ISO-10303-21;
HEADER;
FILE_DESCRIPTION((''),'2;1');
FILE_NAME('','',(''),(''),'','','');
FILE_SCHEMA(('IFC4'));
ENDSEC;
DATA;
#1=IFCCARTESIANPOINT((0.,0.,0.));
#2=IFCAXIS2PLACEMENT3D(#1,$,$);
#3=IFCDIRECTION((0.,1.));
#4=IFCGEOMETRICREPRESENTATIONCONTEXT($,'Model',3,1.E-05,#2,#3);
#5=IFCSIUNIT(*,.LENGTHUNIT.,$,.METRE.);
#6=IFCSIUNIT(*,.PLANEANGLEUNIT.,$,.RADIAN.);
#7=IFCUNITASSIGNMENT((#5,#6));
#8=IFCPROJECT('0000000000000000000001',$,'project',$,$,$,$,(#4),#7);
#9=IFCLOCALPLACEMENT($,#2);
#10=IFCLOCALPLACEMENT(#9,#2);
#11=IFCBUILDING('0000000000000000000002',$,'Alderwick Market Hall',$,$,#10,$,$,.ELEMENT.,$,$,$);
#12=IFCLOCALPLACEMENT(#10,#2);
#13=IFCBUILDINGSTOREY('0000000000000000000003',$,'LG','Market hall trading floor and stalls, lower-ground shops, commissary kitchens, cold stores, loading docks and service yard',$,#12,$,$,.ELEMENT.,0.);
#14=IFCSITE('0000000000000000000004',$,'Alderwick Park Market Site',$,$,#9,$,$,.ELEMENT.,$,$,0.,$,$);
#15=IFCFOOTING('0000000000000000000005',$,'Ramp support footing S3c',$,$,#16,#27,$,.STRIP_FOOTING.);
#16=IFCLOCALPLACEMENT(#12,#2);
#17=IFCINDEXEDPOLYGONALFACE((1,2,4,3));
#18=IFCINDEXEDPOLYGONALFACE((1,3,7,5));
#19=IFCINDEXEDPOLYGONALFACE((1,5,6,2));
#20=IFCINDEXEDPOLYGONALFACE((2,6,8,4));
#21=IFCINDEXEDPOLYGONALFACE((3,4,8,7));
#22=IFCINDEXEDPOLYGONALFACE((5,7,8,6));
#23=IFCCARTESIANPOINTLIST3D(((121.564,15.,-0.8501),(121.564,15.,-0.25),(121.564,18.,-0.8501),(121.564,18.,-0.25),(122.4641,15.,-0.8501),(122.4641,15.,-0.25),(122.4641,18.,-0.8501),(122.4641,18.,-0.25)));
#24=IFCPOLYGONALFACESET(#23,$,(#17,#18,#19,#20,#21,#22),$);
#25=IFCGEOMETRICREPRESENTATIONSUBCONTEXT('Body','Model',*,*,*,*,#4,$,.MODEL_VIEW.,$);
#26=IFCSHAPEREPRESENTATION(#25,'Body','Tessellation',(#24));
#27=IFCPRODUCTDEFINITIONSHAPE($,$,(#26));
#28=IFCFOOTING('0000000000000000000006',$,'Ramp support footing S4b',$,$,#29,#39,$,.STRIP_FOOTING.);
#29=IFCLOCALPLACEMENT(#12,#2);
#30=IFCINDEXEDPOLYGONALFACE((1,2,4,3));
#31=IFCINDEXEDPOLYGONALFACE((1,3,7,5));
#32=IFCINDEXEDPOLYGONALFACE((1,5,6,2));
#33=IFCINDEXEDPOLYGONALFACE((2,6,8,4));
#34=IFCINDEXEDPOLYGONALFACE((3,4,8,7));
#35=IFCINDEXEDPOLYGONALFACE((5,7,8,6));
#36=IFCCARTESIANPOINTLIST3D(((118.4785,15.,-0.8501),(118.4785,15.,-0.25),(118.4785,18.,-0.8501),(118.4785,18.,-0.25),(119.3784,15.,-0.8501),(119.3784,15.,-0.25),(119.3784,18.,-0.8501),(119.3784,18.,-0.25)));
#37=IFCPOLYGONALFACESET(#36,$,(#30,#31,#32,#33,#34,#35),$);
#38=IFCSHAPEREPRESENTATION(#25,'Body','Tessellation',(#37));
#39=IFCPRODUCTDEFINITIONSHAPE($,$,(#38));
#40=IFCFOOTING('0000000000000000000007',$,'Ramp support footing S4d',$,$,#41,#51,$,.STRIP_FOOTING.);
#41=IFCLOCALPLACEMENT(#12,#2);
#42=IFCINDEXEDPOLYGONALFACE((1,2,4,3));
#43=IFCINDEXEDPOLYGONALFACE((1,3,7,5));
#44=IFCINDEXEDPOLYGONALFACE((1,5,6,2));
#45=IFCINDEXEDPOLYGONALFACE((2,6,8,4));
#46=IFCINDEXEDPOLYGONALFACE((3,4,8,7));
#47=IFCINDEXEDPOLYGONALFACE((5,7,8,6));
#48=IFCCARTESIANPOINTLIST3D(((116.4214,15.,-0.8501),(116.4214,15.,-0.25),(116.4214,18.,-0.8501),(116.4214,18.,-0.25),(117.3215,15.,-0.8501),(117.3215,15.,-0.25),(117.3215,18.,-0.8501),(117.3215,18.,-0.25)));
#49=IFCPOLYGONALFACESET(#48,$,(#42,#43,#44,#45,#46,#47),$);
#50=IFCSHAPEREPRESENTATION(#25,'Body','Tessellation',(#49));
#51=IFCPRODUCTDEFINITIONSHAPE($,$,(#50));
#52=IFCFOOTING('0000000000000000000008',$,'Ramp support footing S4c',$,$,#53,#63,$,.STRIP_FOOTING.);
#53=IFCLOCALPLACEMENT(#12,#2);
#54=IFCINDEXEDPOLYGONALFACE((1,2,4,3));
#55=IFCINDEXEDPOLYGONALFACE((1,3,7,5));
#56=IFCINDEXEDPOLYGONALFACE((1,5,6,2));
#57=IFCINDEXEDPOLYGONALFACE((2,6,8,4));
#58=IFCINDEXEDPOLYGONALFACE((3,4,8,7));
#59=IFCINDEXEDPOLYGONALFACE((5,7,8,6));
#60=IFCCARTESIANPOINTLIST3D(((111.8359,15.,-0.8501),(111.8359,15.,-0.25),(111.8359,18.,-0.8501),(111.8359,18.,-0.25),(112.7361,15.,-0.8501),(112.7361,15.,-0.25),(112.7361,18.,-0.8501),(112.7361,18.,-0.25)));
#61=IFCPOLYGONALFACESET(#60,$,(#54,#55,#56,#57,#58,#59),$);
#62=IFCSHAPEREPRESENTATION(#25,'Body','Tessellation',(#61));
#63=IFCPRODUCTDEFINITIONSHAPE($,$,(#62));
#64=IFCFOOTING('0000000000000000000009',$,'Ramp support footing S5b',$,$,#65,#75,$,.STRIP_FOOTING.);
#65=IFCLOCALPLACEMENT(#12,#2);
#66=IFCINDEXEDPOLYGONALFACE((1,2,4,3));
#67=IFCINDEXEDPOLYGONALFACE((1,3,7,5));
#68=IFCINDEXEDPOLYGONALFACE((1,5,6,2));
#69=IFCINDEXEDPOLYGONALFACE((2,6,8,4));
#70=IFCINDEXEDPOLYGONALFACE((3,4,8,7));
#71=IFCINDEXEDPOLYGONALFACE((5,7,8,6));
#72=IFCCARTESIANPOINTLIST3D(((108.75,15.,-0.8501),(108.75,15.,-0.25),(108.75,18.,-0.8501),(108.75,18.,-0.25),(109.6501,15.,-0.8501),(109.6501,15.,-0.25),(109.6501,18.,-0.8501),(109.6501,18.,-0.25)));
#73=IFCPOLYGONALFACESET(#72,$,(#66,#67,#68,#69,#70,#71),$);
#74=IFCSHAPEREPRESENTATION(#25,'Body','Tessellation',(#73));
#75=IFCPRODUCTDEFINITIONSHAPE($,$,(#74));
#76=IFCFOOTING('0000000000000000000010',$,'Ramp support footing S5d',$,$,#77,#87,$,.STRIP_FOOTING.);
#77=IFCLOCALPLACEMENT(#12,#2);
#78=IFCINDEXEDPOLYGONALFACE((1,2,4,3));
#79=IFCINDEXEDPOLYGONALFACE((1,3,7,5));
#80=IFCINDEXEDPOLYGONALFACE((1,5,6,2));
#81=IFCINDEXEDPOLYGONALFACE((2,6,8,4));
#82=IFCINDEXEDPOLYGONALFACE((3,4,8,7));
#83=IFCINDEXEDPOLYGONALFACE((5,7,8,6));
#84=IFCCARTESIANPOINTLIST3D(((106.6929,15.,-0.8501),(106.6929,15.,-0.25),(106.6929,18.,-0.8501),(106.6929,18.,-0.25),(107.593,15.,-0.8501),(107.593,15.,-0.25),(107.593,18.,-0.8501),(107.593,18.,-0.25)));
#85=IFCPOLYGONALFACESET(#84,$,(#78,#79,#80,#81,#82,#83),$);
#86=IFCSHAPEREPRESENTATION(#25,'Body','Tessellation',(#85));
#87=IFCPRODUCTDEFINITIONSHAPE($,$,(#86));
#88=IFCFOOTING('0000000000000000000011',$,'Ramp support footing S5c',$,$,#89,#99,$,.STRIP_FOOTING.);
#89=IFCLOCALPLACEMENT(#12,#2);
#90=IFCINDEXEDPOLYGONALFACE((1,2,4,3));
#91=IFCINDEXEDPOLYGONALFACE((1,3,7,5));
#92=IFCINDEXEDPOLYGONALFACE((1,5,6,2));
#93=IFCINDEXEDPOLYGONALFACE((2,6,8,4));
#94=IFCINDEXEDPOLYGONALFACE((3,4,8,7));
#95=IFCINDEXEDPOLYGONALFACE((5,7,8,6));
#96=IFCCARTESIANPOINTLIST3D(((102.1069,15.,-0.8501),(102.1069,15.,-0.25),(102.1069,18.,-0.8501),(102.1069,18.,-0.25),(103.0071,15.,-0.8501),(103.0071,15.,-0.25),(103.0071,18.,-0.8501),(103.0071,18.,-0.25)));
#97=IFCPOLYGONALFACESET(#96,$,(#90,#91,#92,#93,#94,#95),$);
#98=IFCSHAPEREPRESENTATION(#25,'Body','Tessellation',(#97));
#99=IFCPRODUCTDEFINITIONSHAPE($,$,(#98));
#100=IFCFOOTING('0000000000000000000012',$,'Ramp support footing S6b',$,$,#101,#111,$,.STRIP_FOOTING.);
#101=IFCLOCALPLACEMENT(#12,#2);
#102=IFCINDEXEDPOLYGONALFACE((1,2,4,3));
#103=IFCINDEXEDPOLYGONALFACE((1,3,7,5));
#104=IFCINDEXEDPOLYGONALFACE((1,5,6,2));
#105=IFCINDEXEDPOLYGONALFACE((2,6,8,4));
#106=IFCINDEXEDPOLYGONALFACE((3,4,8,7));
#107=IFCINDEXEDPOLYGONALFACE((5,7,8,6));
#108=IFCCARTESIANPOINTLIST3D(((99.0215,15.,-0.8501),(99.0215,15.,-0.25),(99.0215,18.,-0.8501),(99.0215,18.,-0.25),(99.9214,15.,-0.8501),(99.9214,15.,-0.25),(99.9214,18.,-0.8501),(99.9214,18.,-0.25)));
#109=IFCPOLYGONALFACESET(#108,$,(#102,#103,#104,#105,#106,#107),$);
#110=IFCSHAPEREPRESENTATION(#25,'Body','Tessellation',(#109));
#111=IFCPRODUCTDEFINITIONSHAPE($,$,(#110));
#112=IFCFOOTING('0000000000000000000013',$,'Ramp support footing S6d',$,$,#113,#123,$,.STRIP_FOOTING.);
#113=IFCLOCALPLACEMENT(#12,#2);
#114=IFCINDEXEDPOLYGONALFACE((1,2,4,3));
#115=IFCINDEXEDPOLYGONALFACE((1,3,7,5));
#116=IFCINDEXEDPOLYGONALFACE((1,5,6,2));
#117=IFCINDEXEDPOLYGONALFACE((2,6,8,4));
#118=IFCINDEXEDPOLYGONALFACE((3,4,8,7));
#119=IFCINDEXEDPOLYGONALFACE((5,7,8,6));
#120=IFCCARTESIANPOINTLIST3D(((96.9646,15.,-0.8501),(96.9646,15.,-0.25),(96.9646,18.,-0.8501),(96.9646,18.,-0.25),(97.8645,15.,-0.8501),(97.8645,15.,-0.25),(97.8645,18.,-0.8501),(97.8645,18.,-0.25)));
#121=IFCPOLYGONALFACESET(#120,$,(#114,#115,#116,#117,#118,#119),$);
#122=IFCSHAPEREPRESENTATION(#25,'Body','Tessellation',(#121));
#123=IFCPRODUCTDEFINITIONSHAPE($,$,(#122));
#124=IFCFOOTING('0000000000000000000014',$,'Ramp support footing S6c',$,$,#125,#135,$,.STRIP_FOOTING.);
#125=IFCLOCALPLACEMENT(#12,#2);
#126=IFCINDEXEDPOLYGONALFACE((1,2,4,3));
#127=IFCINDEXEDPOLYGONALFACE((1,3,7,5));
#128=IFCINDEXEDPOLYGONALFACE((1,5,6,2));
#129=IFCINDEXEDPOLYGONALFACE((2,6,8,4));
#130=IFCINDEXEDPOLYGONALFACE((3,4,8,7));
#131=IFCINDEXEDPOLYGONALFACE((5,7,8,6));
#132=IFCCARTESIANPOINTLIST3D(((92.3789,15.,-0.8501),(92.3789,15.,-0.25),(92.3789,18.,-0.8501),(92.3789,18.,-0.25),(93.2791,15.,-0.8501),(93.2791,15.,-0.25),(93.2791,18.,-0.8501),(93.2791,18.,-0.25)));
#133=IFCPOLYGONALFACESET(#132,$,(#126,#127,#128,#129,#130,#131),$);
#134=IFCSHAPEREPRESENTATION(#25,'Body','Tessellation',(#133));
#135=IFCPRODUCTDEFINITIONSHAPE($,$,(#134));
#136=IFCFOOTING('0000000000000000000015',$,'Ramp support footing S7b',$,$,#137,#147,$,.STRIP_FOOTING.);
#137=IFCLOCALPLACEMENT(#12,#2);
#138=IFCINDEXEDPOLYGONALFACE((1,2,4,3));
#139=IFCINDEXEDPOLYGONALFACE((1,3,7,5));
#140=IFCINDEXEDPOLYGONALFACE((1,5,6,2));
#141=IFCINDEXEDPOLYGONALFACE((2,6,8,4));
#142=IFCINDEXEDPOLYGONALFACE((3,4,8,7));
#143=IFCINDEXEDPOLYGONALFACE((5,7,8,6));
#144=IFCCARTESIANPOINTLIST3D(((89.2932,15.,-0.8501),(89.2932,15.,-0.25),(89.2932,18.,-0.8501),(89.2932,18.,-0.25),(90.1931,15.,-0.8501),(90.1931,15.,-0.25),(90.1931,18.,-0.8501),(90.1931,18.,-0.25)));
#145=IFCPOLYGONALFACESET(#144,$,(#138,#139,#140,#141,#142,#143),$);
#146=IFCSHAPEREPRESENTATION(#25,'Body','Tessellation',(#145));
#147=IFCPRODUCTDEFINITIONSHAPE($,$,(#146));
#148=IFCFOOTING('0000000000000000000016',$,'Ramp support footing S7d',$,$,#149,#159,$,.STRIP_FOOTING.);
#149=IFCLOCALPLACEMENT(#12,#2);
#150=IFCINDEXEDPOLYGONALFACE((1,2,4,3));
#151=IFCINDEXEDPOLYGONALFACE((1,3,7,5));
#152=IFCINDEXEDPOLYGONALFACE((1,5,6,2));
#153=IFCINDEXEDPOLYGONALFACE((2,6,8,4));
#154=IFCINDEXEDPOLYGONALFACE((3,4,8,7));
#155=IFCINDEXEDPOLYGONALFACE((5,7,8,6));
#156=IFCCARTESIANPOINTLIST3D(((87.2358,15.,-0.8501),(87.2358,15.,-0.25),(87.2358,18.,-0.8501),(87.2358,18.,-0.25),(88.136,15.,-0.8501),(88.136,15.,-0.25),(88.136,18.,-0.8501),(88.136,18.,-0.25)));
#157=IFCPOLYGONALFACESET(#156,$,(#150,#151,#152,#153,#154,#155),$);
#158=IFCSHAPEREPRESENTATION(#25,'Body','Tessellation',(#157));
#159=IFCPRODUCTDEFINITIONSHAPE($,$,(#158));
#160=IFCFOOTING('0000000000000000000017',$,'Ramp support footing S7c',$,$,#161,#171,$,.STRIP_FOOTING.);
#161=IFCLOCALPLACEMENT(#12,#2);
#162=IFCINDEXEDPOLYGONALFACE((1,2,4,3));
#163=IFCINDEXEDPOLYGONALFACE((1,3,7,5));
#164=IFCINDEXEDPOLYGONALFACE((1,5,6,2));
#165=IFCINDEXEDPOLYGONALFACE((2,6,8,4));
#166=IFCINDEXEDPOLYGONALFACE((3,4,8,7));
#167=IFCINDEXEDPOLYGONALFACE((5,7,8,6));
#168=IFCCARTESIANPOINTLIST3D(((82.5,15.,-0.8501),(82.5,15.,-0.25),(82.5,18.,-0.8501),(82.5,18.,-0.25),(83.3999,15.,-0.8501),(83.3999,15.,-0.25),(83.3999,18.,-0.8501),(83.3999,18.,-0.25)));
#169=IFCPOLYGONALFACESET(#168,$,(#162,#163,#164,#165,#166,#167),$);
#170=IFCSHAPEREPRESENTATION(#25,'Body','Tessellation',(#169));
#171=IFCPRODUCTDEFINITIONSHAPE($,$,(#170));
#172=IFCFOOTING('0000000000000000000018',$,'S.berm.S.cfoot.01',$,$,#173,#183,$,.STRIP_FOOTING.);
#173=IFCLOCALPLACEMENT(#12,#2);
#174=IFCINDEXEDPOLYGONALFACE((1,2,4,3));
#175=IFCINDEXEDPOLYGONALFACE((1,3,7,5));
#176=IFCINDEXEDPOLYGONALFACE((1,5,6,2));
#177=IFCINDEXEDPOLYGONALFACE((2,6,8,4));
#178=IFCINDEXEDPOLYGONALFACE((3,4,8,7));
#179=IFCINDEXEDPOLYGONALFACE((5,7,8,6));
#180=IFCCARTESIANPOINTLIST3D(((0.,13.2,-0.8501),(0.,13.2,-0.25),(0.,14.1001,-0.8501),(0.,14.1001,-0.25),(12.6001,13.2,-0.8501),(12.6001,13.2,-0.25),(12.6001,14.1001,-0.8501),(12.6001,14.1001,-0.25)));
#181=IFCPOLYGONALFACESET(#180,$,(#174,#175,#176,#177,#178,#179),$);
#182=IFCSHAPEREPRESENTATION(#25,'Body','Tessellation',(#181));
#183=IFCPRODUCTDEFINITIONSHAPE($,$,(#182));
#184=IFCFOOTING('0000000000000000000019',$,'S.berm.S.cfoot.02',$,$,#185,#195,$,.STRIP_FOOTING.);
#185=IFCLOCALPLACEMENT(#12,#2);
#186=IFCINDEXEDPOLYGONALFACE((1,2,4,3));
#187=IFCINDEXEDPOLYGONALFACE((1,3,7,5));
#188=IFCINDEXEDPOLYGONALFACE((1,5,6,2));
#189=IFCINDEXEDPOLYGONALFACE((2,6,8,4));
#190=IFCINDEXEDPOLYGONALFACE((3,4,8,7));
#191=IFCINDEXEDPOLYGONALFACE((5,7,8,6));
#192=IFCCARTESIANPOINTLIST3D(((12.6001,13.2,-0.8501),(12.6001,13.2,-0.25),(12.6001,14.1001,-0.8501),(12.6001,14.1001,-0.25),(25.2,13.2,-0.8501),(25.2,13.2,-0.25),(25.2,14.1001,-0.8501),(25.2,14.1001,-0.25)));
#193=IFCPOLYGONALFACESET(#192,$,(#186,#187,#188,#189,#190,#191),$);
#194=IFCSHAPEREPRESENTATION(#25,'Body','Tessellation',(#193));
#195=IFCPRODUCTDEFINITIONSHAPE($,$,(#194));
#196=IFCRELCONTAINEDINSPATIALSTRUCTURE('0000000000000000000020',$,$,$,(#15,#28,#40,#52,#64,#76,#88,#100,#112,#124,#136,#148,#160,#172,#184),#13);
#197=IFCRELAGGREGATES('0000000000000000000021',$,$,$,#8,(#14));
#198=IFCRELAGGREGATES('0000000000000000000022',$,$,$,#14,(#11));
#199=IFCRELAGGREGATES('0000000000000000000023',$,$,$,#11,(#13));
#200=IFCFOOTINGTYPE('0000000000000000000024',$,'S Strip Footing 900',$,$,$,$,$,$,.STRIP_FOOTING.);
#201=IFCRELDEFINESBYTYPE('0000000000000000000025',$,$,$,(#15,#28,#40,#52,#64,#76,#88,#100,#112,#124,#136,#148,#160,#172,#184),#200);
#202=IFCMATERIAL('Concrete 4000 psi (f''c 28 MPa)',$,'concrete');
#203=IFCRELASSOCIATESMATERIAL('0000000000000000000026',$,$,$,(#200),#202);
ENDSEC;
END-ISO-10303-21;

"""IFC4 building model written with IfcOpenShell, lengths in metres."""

from ifc_helpers import new_model, si_unit, direction, frame, origin, place, context, subcontext, project, spatial, polyline, outline, extrude, material, type_object, element, save


model = new_model("IFC4")

# Units and contexts
model_context = context("Model", 3, precision=1e-05, world=origin(), true_north=direction((0.0, 1.0)))
body_context = subcontext(model_context, "Body", "Model", "MODEL_VIEW")
ifc_project = project(units=[si_unit("LENGTHUNIT", "METRE"), si_unit("PLANEANGLEUNIT", "RADIAN")], contexts=[model_context])

# Site, building, storey
site_placement = place(None, origin())
site = spatial("IfcSite", under=ifc_project, at=site_placement, Name="Alderwick Park Market Site", CompositionType="ELEMENT", RefElevation=0.0)
building_placement = place(site_placement, origin())
building = spatial("IfcBuilding", under=site, at=building_placement, Name="Alderwick Market Hall", CompositionType="ELEMENT")
storey_placement = place(building_placement, origin())
storey = spatial("IfcBuildingStorey", under=building, at=storey_placement, Name="LG", Description="Market hall trading floor and stalls, lower-ground shops, commissary kitchens, cold stores, loading docks and service yard", CompositionType="ELEMENT", Elevation=0.0)

# Footings
ifc_material = material(Name="Concrete 4000 psi (f'c 28 MPa)", Category="concrete")
footing_type = type_object("IfcFootingType", Name="S Strip Footing 900", PredefinedType="STRIP_FOOTING", material=ifc_material)
footing_1_placement = place(storey_placement, frame((0.0, 0.0, -0.8501)))
element("IfcFooting", 1, at=footing_1_placement, inside=storey, type_object=footing_type, Name="Ramp support footing S3c", PredefinedType="STRIP_FOOTING", context=body_context, shape_type="SweptSolid", body=[
    extrude(outline(polyline([(122.4641, 15.0), (122.4641, 18.0), (121.564, 18.0), (121.564, 15.0), (122.4641, 15.0)])), origin(), (0.0, 0.0, 1.0), 0.6001),
])
footing_2_placement = place(storey_placement, frame((0.0, 0.0, -0.8501)))
element("IfcFooting", 2, at=footing_2_placement, inside=storey, type_object=footing_type, Name="Ramp support footing S4b", PredefinedType="STRIP_FOOTING", context=body_context, shape_type="SweptSolid", body=[
    extrude(outline(polyline([(119.3784, 15.0), (119.3784, 18.0), (118.4785, 18.0), (118.4785, 15.0), (119.3784, 15.0)])), origin(), (0.0, 0.0, 1.0), 0.6001),
])
footing_3_placement = place(storey_placement, frame((0.0, 0.0, -0.8501)))
element("IfcFooting", 3, at=footing_3_placement, inside=storey, type_object=footing_type, Name="Ramp support footing S4d", PredefinedType="STRIP_FOOTING", context=body_context, shape_type="SweptSolid", body=[
    extrude(outline(polyline([(117.3215, 15.0), (117.3215, 18.0), (116.4214, 18.0), (116.4214, 15.0), (117.3215, 15.0)])), origin(), (0.0, 0.0, 1.0), 0.6001),
])
footing_4_placement = place(storey_placement, frame((0.0, 0.0, -0.8501)))
element("IfcFooting", 4, at=footing_4_placement, inside=storey, type_object=footing_type, Name="Ramp support footing S4c", PredefinedType="STRIP_FOOTING", context=body_context, shape_type="SweptSolid", body=[
    extrude(outline(polyline([(112.7361, 15.0), (112.7361, 18.0), (111.8359, 18.0), (111.8359, 15.0), (112.7361, 15.0)])), origin(), (0.0, 0.0, 1.0), 0.6001),
])
footing_5_placement = place(storey_placement, frame((0.0, 0.0, -0.8501)))
element("IfcFooting", 5, at=footing_5_placement, inside=storey, type_object=footing_type, Name="Ramp support footing S5b", PredefinedType="STRIP_FOOTING", context=body_context, shape_type="SweptSolid", body=[
    extrude(outline(polyline([(109.6501, 15.0), (109.6501, 18.0), (108.75, 18.0), (108.75, 15.0), (109.6501, 15.0)])), origin(), (0.0, 0.0, 1.0), 0.6001),
])
footing_6_placement = place(storey_placement, frame((0.0, 0.0, -0.8501)))
element("IfcFooting", 6, at=footing_6_placement, inside=storey, type_object=footing_type, Name="Ramp support footing S5d", PredefinedType="STRIP_FOOTING", context=body_context, shape_type="SweptSolid", body=[
    extrude(outline(polyline([(107.593, 15.0), (107.593, 18.0), (106.6929, 18.0), (106.6929, 15.0), (107.593, 15.0)])), origin(), (0.0, 0.0, 1.0), 0.6001),
])
footing_7_placement = place(storey_placement, frame((0.0, 0.0, -0.8501)))
element("IfcFooting", 7, at=footing_7_placement, inside=storey, type_object=footing_type, Name="Ramp support footing S5c", PredefinedType="STRIP_FOOTING", context=body_context, shape_type="SweptSolid", body=[
    extrude(outline(polyline([(103.0071, 15.0), (103.0071, 18.0), (102.1069, 18.0), (102.1069, 15.0), (103.0071, 15.0)])), origin(), (0.0, 0.0, 1.0), 0.6001),
])
footing_8_placement = place(storey_placement, frame((0.0, 0.0, -0.8501)))
element("IfcFooting", 8, at=footing_8_placement, inside=storey, type_object=footing_type, Name="Ramp support footing S6b", PredefinedType="STRIP_FOOTING", context=body_context, shape_type="SweptSolid", body=[
    extrude(outline(polyline([(99.9214, 15.0), (99.9214, 18.0), (99.0215, 18.0), (99.0215, 15.0), (99.9214, 15.0)])), origin(), (0.0, 0.0, 1.0), 0.6001),
])
footing_9_placement = place(storey_placement, frame((0.0, 0.0, -0.8501)))
element("IfcFooting", 9, at=footing_9_placement, inside=storey, type_object=footing_type, Name="Ramp support footing S6d", PredefinedType="STRIP_FOOTING", context=body_context, shape_type="SweptSolid", body=[
    extrude(outline(polyline([(97.8645, 15.0), (97.8645, 18.0), (96.9646, 18.0), (96.9646, 15.0), (97.8645, 15.0)])), origin(), (0.0, 0.0, 1.0), 0.6001),
])
footing_10_placement = place(storey_placement, frame((0.0, 0.0, -0.8501)))
element("IfcFooting", 10, at=footing_10_placement, inside=storey, type_object=footing_type, Name="Ramp support footing S6c", PredefinedType="STRIP_FOOTING", context=body_context, shape_type="SweptSolid", body=[
    extrude(outline(polyline([(93.2791, 15.0), (93.2791, 18.0), (92.3789, 18.0), (92.3789, 15.0), (93.2791, 15.0)])), origin(), (0.0, 0.0, 1.0), 0.6001),
])
footing_11_placement = place(storey_placement, frame((0.0, 0.0, -0.8501)))
element("IfcFooting", 11, at=footing_11_placement, inside=storey, type_object=footing_type, Name="Ramp support footing S7b", PredefinedType="STRIP_FOOTING", context=body_context, shape_type="SweptSolid", body=[
    extrude(outline(polyline([(90.1931, 15.0), (90.1931, 18.0), (89.2932, 18.0), (89.2932, 15.0), (90.1931, 15.0)])), origin(), (0.0, 0.0, 1.0), 0.6001),
])
footing_12_placement = place(storey_placement, frame((0.0, 0.0, -0.8501)))
element("IfcFooting", 12, at=footing_12_placement, inside=storey, type_object=footing_type, Name="Ramp support footing S7d", PredefinedType="STRIP_FOOTING", context=body_context, shape_type="SweptSolid", body=[
    extrude(outline(polyline([(88.136, 15.0), (88.136, 18.0), (87.2358, 18.0), (87.2358, 15.0), (88.136, 15.0)])), origin(), (0.0, 0.0, 1.0), 0.6001),
])
footing_13_placement = place(storey_placement, frame((0.0, 0.0, -0.8501)))
element("IfcFooting", 13, at=footing_13_placement, inside=storey, type_object=footing_type, Name="Ramp support footing S7c", PredefinedType="STRIP_FOOTING", context=body_context, shape_type="SweptSolid", body=[
    extrude(outline(polyline([(83.3999, 15.0), (83.3999, 18.0), (82.5, 18.0), (82.5, 15.0), (83.3999, 15.0)])), origin(), (0.0, 0.0, 1.0), 0.6001),
])
footing_14_placement = place(storey_placement, frame((0.0, 0.0, -0.8501)))
element("IfcFooting", 14, at=footing_14_placement, inside=storey, type_object=footing_type, Name="S.berm.S.cfoot.01", PredefinedType="STRIP_FOOTING", context=body_context, shape_type="SweptSolid", body=[
    extrude(outline(polyline([(12.6001, 13.2), (12.6001, 14.1001), (0.0, 14.1001), (0.0, 13.2), (12.6001, 13.2)])), origin(), (0.0, 0.0, 1.0), 0.6001),
])
footing_15_placement = place(storey_placement, frame((0.0, 0.0, -0.8501)))
element("IfcFooting", 15, at=footing_15_placement, inside=storey, type_object=footing_type, Name="S.berm.S.cfoot.02", PredefinedType="STRIP_FOOTING", context=body_context, shape_type="SweptSolid", body=[
    extrude(outline(polyline([(25.2, 13.2), (25.2, 14.1001), (12.6001, 14.1001), (12.6001, 13.2), (25.2, 13.2)])), origin(), (0.0, 0.0, 1.0), 0.6001),
])

save(model, "model.ifc")
